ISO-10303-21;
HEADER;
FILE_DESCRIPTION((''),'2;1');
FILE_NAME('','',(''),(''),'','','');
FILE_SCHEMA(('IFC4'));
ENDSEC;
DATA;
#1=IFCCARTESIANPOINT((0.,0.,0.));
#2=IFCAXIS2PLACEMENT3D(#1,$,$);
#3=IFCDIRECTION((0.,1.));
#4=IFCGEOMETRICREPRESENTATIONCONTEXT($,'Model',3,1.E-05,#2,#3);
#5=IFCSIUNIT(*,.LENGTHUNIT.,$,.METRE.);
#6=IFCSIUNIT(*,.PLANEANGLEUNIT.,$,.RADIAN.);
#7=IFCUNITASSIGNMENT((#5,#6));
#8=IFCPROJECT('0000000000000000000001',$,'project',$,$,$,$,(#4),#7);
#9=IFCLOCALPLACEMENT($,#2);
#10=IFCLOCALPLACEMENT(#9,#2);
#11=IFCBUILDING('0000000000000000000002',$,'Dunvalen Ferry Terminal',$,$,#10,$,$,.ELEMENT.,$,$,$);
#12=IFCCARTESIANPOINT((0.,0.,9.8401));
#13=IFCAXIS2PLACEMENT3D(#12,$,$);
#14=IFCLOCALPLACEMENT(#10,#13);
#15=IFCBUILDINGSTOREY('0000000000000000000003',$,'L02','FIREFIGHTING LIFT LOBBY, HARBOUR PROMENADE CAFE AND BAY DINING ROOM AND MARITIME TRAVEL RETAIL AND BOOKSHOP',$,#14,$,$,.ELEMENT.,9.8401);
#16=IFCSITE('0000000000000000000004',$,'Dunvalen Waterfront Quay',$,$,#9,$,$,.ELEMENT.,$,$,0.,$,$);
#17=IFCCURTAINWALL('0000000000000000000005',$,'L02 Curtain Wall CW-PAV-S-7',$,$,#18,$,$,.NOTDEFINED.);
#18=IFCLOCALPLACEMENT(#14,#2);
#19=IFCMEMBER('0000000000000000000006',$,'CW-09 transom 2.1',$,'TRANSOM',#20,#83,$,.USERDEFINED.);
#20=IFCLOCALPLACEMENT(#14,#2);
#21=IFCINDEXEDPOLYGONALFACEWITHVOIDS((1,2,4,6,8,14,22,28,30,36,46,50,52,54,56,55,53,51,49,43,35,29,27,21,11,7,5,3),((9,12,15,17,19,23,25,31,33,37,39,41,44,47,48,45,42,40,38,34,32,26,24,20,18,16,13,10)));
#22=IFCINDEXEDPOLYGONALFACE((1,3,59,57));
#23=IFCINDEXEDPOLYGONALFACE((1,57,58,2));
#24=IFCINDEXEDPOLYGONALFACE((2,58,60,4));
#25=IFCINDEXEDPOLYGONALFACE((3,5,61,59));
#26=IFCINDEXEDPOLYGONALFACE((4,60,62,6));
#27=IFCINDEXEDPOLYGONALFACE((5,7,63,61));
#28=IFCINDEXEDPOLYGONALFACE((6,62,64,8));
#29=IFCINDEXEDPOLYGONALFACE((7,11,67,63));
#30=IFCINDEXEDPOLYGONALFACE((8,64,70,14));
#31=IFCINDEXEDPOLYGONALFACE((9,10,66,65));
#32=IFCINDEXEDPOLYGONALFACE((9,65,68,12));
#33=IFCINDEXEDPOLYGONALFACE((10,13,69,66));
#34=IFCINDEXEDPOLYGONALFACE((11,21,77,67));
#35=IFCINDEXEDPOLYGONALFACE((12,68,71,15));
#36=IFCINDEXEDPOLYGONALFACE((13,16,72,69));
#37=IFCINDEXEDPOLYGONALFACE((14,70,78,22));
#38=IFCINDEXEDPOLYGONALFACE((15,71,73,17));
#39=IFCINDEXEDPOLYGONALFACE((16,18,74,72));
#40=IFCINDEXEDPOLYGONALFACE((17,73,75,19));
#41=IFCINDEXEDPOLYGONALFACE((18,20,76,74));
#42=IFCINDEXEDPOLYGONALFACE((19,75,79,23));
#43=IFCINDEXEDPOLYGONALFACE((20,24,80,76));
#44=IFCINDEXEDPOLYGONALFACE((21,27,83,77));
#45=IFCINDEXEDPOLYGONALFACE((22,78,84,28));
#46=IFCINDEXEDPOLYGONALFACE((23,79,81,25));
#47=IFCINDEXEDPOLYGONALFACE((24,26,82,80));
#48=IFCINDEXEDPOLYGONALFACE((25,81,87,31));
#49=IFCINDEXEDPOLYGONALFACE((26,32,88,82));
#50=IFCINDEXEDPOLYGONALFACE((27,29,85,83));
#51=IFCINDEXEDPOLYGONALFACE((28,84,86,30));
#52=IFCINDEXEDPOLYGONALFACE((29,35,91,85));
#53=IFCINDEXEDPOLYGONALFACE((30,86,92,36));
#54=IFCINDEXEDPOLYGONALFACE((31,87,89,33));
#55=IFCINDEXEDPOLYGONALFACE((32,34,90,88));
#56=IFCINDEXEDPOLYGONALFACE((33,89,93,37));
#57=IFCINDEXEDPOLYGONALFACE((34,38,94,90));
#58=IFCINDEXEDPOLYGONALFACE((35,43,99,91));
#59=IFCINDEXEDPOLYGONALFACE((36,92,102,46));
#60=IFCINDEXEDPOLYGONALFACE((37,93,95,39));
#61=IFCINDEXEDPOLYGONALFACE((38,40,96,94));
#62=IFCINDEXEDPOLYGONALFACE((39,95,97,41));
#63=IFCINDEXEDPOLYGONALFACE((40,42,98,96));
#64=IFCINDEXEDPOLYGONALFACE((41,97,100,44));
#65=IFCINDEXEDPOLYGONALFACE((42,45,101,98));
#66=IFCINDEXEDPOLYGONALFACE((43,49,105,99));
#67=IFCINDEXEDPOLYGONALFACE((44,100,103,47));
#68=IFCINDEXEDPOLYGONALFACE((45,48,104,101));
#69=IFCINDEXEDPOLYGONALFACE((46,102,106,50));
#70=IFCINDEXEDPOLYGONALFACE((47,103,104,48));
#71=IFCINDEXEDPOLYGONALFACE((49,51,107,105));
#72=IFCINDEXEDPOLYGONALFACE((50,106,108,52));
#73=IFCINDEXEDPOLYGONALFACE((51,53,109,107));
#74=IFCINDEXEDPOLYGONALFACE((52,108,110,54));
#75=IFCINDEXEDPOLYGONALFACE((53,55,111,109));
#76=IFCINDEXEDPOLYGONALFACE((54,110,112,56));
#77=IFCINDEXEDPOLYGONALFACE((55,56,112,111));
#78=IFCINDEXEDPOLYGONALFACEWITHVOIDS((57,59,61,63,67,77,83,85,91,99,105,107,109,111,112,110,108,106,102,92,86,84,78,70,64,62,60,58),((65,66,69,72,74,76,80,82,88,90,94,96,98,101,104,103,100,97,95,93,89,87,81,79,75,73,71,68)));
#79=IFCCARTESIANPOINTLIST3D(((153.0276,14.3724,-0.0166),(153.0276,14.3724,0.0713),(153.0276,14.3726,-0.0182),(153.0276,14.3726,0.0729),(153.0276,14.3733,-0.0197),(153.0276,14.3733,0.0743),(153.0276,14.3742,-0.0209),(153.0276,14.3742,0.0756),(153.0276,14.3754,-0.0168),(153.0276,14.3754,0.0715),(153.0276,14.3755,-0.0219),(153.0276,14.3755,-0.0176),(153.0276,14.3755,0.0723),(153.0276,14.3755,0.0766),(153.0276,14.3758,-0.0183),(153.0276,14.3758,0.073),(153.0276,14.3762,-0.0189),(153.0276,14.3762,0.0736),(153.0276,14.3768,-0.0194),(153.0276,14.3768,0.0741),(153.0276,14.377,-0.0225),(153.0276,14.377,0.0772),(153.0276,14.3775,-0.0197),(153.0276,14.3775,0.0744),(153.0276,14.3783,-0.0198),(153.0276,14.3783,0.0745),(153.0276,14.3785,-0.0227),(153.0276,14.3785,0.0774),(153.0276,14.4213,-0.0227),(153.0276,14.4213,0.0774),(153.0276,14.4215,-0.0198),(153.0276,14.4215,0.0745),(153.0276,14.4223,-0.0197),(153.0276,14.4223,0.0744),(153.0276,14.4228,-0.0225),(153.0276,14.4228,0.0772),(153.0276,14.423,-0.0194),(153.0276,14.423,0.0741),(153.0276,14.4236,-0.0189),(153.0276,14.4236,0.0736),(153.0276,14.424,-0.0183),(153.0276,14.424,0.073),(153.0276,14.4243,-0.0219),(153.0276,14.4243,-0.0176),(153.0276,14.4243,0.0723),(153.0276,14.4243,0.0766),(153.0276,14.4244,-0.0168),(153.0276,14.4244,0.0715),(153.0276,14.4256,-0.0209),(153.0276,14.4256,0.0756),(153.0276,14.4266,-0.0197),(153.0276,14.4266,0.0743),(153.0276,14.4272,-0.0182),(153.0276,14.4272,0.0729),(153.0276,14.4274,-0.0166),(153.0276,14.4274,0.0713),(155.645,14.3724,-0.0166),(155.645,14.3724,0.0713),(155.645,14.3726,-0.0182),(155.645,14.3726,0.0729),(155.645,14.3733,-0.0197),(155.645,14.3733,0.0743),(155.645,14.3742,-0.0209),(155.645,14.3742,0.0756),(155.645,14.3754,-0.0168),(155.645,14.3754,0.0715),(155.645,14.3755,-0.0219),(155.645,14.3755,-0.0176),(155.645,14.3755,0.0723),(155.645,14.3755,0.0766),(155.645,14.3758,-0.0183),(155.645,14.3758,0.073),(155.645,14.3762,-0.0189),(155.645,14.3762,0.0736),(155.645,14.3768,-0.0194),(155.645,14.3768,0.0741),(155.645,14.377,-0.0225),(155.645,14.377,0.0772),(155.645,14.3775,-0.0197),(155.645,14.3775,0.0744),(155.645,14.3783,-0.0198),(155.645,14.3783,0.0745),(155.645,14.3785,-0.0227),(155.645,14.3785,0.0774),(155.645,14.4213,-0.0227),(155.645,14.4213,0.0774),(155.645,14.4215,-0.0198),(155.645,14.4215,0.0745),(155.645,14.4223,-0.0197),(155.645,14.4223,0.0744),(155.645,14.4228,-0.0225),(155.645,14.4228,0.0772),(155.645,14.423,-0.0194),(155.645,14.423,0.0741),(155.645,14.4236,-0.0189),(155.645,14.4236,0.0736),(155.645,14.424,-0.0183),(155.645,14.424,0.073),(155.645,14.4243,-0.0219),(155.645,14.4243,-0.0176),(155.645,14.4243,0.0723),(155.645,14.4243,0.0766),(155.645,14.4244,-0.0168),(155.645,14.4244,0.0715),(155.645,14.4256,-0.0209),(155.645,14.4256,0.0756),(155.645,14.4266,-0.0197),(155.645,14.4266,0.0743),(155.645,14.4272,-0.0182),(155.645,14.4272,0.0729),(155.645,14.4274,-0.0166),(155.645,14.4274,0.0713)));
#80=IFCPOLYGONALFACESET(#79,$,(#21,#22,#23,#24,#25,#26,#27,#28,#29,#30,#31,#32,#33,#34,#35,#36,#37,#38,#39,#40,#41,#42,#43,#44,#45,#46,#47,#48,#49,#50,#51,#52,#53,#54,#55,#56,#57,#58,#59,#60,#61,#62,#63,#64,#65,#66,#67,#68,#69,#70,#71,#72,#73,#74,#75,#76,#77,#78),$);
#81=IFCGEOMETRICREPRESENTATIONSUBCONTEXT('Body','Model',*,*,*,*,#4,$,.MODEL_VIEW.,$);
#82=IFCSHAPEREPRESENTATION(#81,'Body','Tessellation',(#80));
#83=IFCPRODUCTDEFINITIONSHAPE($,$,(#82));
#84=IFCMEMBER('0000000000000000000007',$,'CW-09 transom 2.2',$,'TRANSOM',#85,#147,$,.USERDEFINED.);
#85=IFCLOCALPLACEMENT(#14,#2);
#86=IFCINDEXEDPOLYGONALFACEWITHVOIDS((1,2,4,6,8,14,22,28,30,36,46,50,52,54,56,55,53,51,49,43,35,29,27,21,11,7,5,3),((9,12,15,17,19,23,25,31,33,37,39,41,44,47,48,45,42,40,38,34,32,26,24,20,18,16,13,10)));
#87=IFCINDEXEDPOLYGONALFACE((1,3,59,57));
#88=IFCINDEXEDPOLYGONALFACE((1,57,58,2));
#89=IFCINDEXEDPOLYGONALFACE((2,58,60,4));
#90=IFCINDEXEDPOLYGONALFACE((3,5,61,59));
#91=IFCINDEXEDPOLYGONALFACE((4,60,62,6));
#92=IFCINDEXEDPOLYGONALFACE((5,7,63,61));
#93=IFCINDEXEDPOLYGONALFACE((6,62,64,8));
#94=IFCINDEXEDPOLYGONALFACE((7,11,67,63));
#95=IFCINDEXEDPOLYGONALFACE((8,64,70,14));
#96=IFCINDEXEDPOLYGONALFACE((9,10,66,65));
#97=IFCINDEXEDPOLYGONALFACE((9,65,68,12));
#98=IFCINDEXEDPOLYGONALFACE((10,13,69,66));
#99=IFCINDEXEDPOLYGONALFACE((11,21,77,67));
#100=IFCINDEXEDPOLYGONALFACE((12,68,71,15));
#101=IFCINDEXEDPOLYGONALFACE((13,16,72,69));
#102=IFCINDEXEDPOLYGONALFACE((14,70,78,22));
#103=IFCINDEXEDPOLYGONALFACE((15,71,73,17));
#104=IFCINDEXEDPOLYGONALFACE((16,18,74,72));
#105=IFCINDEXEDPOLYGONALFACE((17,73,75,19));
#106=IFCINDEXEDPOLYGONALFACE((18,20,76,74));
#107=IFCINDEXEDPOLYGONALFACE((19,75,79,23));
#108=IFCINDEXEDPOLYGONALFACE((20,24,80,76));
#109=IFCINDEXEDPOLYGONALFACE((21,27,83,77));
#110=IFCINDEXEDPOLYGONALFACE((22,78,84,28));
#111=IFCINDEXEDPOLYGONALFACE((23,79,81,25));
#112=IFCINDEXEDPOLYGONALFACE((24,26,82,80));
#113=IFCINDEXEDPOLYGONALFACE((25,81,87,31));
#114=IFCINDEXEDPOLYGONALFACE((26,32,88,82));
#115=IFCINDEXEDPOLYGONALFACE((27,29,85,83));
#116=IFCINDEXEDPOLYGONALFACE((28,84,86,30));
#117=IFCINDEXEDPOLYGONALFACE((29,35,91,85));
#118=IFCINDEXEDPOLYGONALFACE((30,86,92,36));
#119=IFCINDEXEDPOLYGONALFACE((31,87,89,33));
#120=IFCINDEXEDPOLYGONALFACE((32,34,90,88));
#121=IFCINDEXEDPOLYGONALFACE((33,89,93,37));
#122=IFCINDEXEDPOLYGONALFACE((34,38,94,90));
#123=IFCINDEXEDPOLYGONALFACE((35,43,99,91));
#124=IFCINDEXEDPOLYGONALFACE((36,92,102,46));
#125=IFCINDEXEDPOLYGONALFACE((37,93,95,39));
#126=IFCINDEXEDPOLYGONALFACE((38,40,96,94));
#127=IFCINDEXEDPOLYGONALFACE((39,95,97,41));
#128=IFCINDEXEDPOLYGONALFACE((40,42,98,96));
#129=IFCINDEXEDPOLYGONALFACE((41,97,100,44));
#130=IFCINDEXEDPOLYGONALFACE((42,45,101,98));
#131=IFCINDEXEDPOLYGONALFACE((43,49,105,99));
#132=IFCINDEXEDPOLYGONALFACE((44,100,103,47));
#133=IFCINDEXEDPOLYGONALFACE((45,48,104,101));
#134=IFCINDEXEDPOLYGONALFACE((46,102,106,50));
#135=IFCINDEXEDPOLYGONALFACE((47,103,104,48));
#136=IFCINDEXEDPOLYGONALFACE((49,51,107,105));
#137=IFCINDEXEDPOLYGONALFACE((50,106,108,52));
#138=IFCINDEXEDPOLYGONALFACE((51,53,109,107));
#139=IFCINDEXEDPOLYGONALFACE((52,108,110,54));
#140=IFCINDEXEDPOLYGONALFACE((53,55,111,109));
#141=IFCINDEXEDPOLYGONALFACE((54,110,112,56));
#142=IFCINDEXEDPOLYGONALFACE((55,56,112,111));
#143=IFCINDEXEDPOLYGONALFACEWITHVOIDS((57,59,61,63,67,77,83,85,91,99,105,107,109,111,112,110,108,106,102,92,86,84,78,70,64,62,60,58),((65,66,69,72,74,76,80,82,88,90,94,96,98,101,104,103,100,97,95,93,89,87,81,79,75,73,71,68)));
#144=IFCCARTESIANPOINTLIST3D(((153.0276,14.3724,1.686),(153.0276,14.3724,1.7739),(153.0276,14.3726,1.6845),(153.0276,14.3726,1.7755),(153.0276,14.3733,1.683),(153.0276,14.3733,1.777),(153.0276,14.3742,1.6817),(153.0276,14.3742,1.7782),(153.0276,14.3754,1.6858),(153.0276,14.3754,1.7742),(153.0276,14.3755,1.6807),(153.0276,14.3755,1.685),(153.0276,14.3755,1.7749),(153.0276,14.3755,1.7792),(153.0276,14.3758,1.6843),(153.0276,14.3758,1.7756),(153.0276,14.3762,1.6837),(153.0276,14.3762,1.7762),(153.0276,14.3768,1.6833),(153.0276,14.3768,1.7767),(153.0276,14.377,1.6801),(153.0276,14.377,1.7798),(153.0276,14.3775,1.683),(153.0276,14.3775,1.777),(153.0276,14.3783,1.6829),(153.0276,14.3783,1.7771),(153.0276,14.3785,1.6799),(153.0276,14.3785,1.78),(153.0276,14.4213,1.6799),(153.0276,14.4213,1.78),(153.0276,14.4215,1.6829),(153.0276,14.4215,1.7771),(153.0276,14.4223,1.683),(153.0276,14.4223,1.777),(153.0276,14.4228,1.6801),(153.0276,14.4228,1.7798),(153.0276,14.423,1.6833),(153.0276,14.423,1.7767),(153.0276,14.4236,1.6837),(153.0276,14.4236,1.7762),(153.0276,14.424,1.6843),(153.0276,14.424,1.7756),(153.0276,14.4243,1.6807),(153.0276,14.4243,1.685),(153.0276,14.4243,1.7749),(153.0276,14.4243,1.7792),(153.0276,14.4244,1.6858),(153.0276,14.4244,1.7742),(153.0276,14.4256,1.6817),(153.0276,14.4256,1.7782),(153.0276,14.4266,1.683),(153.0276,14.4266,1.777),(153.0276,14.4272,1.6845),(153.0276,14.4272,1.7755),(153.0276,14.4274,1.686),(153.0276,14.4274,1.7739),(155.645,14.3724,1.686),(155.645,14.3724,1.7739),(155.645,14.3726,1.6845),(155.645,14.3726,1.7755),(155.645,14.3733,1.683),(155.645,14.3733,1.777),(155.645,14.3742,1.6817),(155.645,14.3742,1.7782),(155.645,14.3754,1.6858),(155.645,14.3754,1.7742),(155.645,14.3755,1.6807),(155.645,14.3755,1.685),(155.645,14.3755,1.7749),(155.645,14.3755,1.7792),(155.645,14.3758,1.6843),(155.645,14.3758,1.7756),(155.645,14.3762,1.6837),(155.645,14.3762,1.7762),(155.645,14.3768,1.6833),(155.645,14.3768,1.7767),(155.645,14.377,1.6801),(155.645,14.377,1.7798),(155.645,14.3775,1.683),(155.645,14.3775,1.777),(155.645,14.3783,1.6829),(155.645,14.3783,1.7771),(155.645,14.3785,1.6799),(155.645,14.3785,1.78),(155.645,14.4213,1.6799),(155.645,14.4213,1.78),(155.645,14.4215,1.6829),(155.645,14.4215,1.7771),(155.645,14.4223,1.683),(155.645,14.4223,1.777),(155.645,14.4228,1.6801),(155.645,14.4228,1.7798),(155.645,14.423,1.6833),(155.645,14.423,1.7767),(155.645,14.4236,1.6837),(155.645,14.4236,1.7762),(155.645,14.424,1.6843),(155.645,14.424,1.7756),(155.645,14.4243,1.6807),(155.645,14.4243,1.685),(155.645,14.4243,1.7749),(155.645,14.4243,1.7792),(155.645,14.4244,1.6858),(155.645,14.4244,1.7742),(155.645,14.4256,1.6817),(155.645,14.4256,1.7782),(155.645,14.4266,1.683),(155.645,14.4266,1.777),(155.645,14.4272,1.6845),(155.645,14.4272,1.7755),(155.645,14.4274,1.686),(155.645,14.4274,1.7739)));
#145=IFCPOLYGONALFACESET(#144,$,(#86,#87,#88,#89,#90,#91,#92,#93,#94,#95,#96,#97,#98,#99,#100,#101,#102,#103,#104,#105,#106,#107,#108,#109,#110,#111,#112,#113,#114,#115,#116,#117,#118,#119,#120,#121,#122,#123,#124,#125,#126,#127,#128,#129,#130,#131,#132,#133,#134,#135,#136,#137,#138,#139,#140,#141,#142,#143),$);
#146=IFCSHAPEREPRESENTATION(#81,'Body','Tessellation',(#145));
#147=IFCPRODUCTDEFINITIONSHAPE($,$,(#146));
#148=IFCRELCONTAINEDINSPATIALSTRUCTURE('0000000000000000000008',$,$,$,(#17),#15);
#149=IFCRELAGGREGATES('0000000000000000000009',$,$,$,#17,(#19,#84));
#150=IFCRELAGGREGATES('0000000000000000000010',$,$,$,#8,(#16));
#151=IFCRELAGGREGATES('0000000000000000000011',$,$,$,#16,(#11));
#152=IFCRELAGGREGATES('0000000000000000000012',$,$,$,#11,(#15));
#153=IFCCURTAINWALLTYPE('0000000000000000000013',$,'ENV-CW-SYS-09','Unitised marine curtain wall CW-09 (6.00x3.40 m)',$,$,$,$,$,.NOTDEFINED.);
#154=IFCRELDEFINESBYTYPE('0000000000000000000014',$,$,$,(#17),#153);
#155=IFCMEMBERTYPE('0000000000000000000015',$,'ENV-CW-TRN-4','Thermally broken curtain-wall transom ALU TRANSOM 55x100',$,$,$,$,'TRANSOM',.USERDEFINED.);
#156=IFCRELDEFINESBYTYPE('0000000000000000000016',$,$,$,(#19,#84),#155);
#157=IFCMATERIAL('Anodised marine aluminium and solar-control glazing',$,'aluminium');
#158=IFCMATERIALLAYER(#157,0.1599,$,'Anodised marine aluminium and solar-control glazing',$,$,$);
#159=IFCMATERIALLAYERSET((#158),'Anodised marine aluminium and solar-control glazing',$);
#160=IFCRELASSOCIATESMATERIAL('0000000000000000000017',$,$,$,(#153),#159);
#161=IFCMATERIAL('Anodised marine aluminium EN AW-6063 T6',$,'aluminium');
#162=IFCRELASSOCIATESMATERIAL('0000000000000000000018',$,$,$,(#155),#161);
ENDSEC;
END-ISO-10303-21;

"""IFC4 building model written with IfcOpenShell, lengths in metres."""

from ifc_helpers import new_model, si_unit, direction, frame, origin, origin_2d, place, context, subcontext, project, spatial, hollow_rectangle, extrude, material, layer, layer_set, material_profile, profile_set, type_object, element, aggregate, save


model = new_model("IFC4")

# Units and contexts
model_context = context("Model", 3, precision=1e-05, world=origin(), true_north=direction((0.0, 1.0)))
body_context = subcontext(model_context, "Body", "Model", "MODEL_VIEW")
ifc_project = project(units=[si_unit("LENGTHUNIT", "METRE"), si_unit("PLANEANGLEUNIT", "RADIAN")], contexts=[model_context])

# Site, building, storey
site_placement = place(None, origin())
site = spatial("IfcSite", under=ifc_project, at=site_placement, Name="Dunvalen Waterfront Quay", CompositionType="ELEMENT", RefElevation=0.0)
building_placement = place(site_placement, origin())
building = spatial("IfcBuilding", under=site, at=building_placement, Name="Dunvalen Ferry Terminal", CompositionType="ELEMENT")
storey_placement = place(building_placement, frame((0.0, 0.0, 9.8401)))
storey = spatial("IfcBuildingStorey", under=building, at=storey_placement, Name="L02", Description="FIREFIGHTING LIFT LOBBY, HARBOUR PROMENADE CAFE AND BAY DINING ROOM AND MARITIME TRAVEL RETAIL AND BOOKSHOP", CompositionType="ELEMENT", Elevation=9.8401)

# Curtain wall
ifc_material_1 = material(Name="Anodised marine aluminium and solar-control glazing", Category="aluminium")
ifc_layer_1 = layer(ifc_material_1, 0.1599, Name="Anodised marine aluminium and solar-control glazing")
ifc_layer_set_1 = layer_set([ifc_layer_1], Name="Anodised marine aluminium and solar-control glazing")
curtain_wall_type_1 = type_object("IfcCurtainWallType", Name="ENV-CW-SYS-09", Description="Unitised marine curtain wall CW-09 (6.00x3.40 m)", PredefinedType="NOTDEFINED", material=ifc_layer_set_1)
curtain_wall_1_placement = place(storey_placement, origin())
curtain_wall_1 = element("IfcCurtainWall", 1, at=curtain_wall_1_placement, inside=storey, type_object=curtain_wall_type_1, Name="L02 Curtain Wall CW-PAV-S-7", PredefinedType="NOTDEFINED")
ifc_material_2 = material(Name="Anodised marine aluminium EN AW-6063 T6", Category="aluminium")

# Members
ifc_material_profile_1 = material_profile(ifc_material_2, hollow_rectangle(XDim=0.0549, YDim=0.1001, WallThickness=0.0029, InnerFilletRadius=0.0029, OuterFilletRadius=0.0061, at=origin_2d()), Name="Anodised marine aluminium EN AW-6063 T6")
ifc_profile_set_1 = profile_set([ifc_material_profile_1], Name="Anodised marine aluminium EN AW-6063 T6")
member_type_1 = type_object("IfcMemberType", Name="ENV-CW-TRN-4", Description="Thermally broken curtain-wall transom ALU TRANSOM 55x100", ElementType="TRANSOM", PredefinedType="USERDEFINED", material=ifc_profile_set_1)
member_1_placement = place(storey_placement, frame((153.0276, 14.3999, 0.0273), z_axis=(1.0, 0.0, 0.0), x_axis=(0.0, 1.0, 0.0)))
member_1 = element("IfcMember", 2, at=member_1_placement, type_object=member_type_1, Name="CW-09 transom 2.1", ObjectType="TRANSOM", PredefinedType="USERDEFINED", context=body_context, shape_type="SweptSolid", body=[
    extrude(hollow_rectangle(XDim=0.0549, YDim=0.1001, WallThickness=0.0029, InnerFilletRadius=0.0029, OuterFilletRadius=0.0061, at=origin_2d()), origin(), (0.0, 0.0, 1.0), 2.6174),
])
member_2_placement = place(storey_placement, frame((153.0276, 14.3999, 1.73), z_axis=(1.0, 0.0, 0.0), x_axis=(0.0, 1.0, 0.0)))
member_2 = element("IfcMember", 3, at=member_2_placement, type_object=member_type_1, Name="CW-09 transom 2.2", ObjectType="TRANSOM", PredefinedType="USERDEFINED", context=body_context, shape_type="SweptSolid", body=[
    extrude(hollow_rectangle(XDim=0.0549, YDim=0.1001, WallThickness=0.0029, InnerFilletRadius=0.0029, OuterFilletRadius=0.0061, at=origin_2d()), origin(), (0.0, 0.0, 1.0), 2.6174),
])

aggregate(curtain_wall_1, [member_1, member_2])

save(model, "model.ifc")
